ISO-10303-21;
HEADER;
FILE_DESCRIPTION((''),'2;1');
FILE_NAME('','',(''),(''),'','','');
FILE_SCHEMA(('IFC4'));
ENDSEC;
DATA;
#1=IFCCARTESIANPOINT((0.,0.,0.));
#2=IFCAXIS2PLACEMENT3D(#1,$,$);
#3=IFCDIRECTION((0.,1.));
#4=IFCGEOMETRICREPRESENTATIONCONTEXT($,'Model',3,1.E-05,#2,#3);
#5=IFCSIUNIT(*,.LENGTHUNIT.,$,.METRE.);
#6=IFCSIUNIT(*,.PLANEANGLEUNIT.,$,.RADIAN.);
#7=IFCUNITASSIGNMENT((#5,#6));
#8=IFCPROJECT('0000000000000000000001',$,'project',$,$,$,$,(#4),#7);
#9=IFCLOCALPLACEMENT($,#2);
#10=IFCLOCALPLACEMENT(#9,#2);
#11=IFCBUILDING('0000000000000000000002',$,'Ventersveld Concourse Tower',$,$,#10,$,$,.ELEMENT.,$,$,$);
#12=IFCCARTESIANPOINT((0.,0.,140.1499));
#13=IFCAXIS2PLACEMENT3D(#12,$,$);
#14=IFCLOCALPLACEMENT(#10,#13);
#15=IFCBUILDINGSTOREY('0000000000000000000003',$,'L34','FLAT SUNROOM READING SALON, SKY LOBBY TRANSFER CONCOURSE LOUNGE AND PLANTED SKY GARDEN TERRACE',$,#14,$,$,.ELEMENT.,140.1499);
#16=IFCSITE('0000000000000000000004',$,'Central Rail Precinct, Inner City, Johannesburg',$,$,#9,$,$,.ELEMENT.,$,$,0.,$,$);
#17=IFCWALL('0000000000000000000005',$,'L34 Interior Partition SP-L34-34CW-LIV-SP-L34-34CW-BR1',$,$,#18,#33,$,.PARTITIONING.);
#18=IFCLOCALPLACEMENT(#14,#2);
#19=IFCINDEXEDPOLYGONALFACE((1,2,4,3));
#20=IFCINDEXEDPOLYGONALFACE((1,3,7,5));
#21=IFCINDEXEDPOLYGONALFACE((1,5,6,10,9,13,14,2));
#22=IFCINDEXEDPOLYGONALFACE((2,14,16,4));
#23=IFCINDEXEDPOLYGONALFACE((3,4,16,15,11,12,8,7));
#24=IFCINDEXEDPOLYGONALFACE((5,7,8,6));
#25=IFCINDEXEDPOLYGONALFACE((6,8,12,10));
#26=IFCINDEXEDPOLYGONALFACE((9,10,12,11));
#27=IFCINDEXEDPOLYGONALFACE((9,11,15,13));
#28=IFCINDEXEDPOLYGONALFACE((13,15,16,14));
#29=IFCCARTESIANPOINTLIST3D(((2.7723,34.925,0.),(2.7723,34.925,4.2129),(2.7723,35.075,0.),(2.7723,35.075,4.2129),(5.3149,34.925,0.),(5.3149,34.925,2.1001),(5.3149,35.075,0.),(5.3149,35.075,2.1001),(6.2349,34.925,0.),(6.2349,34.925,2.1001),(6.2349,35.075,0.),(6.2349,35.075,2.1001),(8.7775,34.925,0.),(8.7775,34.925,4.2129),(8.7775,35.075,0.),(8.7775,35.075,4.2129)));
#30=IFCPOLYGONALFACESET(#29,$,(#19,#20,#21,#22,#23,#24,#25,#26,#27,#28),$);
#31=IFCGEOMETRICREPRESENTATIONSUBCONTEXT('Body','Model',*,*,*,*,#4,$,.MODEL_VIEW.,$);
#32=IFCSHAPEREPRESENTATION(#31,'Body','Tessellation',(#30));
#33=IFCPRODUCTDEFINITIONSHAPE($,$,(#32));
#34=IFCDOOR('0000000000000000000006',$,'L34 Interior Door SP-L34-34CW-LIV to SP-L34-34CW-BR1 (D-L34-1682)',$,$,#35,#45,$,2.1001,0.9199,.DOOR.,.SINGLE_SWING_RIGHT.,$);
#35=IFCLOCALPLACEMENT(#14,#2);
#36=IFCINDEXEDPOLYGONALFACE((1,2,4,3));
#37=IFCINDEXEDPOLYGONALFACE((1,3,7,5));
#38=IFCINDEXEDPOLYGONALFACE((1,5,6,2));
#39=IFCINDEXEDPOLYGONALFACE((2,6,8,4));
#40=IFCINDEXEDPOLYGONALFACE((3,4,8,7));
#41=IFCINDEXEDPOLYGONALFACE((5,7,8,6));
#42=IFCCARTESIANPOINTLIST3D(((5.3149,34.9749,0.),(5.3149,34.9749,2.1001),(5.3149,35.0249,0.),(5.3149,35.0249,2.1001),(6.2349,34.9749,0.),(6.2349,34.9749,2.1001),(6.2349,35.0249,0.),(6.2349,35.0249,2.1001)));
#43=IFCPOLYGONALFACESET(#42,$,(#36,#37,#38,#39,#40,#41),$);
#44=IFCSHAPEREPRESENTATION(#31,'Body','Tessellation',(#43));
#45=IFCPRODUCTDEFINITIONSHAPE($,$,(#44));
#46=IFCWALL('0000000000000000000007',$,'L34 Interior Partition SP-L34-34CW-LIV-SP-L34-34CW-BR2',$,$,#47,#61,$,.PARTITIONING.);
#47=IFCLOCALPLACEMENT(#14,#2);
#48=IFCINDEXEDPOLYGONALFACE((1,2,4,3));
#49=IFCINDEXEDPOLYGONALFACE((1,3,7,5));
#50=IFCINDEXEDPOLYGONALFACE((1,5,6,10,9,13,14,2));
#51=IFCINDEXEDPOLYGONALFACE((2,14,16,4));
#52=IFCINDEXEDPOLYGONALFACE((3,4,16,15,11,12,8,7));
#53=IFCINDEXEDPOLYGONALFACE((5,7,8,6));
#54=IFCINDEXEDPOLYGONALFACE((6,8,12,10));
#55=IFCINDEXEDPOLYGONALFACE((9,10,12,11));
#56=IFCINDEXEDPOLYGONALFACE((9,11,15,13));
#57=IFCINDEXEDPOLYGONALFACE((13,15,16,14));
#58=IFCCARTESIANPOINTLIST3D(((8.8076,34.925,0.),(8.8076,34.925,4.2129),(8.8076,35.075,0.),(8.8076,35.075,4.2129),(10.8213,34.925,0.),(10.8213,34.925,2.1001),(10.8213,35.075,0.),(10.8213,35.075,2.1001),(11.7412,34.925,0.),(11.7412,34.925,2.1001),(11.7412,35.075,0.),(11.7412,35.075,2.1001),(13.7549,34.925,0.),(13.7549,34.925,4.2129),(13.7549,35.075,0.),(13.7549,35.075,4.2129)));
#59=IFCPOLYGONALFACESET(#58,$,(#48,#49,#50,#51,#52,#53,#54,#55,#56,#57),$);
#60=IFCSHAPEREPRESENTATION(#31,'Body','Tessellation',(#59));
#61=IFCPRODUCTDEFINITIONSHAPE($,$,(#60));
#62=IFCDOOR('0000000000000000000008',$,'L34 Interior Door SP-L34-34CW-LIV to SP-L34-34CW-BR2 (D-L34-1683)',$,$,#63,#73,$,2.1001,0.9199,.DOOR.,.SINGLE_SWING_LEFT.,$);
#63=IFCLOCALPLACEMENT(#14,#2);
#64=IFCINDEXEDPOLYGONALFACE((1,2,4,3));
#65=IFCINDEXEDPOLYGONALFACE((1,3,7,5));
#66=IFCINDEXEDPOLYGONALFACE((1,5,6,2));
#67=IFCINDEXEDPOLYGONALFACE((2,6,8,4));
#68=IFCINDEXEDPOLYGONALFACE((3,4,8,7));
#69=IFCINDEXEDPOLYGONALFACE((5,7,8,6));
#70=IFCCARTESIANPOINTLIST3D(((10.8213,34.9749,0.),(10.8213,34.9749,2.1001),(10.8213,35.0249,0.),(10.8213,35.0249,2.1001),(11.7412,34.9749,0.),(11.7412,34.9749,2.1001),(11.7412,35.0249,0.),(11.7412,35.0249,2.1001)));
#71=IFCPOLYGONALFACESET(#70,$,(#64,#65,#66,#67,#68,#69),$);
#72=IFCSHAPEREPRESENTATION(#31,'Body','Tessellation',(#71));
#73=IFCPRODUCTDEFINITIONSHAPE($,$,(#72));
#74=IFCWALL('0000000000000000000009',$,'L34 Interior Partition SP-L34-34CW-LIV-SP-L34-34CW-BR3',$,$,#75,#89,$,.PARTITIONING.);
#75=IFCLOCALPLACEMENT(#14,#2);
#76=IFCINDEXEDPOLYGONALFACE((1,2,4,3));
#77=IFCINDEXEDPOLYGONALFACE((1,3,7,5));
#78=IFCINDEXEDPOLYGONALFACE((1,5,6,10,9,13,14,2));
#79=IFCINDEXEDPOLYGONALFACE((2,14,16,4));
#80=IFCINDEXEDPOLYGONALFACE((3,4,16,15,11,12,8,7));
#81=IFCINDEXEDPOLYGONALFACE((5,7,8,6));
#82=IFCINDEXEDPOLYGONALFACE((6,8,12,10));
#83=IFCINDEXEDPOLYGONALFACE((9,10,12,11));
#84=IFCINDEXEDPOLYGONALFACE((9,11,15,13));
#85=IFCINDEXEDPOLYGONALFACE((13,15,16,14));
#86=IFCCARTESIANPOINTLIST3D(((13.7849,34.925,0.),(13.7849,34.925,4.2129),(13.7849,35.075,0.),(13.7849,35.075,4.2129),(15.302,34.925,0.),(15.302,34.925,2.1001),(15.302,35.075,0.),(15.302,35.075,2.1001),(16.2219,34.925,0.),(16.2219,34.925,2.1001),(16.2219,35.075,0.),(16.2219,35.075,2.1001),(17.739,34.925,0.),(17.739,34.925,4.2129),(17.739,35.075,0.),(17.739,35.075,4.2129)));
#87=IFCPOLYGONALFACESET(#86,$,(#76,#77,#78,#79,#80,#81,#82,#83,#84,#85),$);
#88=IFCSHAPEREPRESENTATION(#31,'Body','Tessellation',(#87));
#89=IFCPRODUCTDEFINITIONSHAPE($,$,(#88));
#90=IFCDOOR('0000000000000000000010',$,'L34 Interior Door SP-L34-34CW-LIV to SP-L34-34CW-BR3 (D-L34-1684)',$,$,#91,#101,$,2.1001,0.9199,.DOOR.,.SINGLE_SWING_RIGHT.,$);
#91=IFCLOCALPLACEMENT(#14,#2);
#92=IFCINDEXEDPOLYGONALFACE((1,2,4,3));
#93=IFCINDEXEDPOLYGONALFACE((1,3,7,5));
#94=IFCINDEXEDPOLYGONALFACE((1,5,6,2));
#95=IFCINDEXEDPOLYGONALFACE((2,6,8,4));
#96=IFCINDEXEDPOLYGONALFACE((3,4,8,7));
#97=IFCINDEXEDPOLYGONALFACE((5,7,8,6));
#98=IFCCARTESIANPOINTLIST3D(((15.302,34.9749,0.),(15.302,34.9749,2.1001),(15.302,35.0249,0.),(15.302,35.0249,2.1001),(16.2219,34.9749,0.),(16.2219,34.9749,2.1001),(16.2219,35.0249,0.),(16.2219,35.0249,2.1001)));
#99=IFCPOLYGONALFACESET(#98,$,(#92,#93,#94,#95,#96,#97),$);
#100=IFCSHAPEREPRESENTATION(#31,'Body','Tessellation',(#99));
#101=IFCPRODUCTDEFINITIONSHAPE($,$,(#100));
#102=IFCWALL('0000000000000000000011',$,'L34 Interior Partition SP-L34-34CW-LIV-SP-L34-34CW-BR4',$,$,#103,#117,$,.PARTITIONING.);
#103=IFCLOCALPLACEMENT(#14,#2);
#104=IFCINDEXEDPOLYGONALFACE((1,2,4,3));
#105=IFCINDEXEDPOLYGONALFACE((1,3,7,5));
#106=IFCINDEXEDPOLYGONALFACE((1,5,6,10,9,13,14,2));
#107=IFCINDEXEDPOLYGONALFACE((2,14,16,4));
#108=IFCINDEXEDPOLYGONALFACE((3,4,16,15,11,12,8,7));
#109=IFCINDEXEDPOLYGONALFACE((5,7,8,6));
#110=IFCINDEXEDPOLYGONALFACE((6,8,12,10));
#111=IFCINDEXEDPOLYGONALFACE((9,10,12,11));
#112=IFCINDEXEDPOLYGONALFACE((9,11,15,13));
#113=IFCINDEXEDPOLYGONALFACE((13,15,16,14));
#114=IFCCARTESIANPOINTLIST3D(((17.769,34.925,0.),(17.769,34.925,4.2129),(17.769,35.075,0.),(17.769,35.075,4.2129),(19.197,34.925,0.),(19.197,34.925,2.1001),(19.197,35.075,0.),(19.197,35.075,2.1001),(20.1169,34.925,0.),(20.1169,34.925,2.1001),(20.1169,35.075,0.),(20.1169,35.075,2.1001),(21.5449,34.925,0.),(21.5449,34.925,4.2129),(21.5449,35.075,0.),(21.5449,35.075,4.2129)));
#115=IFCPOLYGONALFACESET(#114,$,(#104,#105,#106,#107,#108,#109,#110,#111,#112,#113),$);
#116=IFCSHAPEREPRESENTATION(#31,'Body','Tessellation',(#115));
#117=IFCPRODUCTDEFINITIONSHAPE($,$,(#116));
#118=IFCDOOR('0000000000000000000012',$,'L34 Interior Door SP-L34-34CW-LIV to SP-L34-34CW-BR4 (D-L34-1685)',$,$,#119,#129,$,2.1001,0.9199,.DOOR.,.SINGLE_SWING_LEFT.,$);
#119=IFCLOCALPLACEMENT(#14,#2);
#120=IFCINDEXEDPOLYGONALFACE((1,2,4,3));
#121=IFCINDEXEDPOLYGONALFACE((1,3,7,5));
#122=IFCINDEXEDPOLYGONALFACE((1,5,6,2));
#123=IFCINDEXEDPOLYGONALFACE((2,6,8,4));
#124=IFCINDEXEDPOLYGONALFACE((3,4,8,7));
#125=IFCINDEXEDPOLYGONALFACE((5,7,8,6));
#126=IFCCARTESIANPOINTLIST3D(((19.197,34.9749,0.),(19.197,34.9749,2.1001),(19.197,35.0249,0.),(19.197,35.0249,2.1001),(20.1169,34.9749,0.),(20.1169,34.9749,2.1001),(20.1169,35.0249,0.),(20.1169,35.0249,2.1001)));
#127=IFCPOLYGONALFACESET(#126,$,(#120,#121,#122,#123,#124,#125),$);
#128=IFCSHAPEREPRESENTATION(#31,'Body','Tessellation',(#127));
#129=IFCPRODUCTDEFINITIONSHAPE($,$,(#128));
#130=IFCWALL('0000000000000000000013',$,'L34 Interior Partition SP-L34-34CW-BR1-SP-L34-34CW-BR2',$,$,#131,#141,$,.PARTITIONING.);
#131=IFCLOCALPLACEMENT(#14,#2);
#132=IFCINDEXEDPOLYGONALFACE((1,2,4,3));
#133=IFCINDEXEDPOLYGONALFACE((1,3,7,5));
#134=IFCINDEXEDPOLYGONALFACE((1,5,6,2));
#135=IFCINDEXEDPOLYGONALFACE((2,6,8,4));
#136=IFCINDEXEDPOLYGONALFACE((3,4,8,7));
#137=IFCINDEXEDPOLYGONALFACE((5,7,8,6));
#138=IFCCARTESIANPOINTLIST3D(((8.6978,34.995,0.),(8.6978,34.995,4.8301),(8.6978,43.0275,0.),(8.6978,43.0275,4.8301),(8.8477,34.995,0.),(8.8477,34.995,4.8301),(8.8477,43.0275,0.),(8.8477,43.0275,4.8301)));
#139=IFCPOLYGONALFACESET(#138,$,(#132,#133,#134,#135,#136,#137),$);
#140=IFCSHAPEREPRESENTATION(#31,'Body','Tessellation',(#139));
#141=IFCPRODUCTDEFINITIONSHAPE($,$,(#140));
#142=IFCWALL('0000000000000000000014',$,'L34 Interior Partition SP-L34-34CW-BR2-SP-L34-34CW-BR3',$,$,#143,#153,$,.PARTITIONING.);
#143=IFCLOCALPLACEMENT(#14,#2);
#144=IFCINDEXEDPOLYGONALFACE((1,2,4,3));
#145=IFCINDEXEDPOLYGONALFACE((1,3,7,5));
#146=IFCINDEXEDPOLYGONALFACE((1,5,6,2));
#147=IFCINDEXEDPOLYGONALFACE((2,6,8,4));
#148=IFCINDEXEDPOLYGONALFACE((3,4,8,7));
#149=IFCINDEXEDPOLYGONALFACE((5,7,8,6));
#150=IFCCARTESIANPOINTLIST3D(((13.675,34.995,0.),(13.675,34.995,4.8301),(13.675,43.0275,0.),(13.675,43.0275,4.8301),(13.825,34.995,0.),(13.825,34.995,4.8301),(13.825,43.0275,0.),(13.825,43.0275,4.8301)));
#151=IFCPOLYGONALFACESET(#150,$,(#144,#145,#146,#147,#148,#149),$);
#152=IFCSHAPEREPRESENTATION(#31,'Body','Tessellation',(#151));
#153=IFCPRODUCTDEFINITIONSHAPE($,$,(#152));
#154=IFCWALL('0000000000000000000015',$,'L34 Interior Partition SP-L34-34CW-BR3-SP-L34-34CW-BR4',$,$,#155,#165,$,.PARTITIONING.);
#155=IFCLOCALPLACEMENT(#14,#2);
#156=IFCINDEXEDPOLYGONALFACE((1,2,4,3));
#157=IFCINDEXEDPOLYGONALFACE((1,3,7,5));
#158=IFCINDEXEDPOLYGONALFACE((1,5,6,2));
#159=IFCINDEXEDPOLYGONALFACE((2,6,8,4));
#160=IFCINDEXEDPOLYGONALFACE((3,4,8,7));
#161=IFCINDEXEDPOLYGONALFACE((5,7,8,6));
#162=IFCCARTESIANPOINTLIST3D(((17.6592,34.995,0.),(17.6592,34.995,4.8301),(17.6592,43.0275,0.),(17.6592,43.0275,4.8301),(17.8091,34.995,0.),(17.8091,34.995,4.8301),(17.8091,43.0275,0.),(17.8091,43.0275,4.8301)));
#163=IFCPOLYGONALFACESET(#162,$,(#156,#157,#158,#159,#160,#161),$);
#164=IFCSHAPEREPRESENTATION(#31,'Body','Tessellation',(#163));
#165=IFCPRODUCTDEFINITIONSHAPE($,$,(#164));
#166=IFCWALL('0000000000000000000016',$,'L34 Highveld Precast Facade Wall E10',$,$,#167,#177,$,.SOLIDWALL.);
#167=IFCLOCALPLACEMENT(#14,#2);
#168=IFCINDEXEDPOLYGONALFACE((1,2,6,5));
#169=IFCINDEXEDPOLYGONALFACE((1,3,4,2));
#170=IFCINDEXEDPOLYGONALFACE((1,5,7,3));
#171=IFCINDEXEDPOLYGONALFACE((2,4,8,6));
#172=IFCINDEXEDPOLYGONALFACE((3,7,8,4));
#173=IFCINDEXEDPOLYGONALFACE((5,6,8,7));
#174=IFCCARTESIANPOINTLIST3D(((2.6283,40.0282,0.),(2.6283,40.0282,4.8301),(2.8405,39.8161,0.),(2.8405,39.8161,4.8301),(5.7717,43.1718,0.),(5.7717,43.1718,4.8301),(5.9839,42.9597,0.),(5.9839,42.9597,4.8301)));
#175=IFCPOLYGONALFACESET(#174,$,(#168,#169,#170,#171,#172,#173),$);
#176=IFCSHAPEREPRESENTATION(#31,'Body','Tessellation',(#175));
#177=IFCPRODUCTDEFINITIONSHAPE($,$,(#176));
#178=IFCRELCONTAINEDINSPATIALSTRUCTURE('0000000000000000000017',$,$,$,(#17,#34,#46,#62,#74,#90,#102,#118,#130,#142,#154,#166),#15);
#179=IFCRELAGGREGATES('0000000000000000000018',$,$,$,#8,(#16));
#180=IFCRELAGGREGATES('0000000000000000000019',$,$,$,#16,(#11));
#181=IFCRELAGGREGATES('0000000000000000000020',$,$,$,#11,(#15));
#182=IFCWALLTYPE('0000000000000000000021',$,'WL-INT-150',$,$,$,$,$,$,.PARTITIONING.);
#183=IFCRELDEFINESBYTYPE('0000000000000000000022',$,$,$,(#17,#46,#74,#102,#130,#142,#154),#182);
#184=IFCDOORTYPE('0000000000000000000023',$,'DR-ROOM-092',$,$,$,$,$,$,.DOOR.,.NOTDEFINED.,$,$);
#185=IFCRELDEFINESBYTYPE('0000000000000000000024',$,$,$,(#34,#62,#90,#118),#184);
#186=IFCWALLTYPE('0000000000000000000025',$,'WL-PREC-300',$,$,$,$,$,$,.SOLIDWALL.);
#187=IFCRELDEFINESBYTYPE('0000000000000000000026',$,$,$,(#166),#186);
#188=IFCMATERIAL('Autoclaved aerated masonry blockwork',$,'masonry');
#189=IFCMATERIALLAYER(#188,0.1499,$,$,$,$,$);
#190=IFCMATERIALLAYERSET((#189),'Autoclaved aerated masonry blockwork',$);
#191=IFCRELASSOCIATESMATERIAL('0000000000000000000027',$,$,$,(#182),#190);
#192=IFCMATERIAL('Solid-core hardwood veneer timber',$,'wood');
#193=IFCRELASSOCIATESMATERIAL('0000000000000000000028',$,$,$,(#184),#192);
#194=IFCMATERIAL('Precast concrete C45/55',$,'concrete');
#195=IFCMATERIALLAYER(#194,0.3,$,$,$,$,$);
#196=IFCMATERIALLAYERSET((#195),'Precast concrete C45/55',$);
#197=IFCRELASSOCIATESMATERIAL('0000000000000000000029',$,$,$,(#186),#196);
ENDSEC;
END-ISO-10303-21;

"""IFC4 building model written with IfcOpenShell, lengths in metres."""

from ifc_helpers import new_model, si_unit, direction, frame, frame_2d, origin, place, context, subcontext, project, spatial, rectangle, extrude, material, layer, layer_set, type_object, element, fill, save


model = new_model("IFC4")

# Units and contexts
model_context = context("Model", 3, precision=1e-05, world=origin(), true_north=direction((0.0, 1.0)))
body_context = subcontext(model_context, "Body", "Model", "MODEL_VIEW")
ifc_project = project(units=[si_unit("LENGTHUNIT", "METRE"), si_unit("PLANEANGLEUNIT", "RADIAN")], contexts=[model_context])

# Site, building, storey
site_placement = place(None, origin())
site = spatial("IfcSite", under=ifc_project, at=site_placement, Name="Central Rail Precinct, Inner City, Johannesburg", CompositionType="ELEMENT", RefElevation=0.0)
building_placement = place(site_placement, origin())
building = spatial("IfcBuilding", under=site, at=building_placement, Name="Ventersveld Concourse Tower", CompositionType="ELEMENT")
storey_placement = place(building_placement, frame((0.0, 0.0, 140.1499)))
storey = spatial("IfcBuildingStorey", under=building, at=storey_placement, Name="L34", Description="FLAT SUNROOM READING SALON, SKY LOBBY TRANSFER CONCOURSE LOUNGE AND PLANTED SKY GARDEN TERRACE", CompositionType="ELEMENT", Elevation=140.1499)

# Shared definitions
ifc_material_1 = material(Name="Autoclaved aerated masonry blockwork", Category="masonry")
ifc_layer_1 = layer(ifc_material_1, 0.1499)
ifc_layer_set_1 = layer_set([ifc_layer_1], Name="Autoclaved aerated masonry blockwork")
wall_type_1 = type_object("IfcWallType", Name="WL-INT-150", PredefinedType="PARTITIONING", material=ifc_layer_set_1)

# Walls, openings, doors
wall_1_placement = place(storey_placement, frame((2.7725, 35.0, 0.0), z_axis=(0.0, 0.0, 1.0), x_axis=(1.0, 0.0, 0.0)))
wall_1 = element("IfcWall", 1, at=wall_1_placement, inside=storey, type_object=wall_type_1, Name="L34 Interior Partition SP-L34-34CW-LIV-SP-L34-34CW-BR1", PredefinedType="PARTITIONING", context=body_context, shape_type="SweptSolid", body=[
    extrude(rectangle(XDim=6.0051, YDim=0.1499, at=frame_2d((3.0024, 0.0))), origin(), (0.0, 0.0, 1.0), 4.2129),
])
opening_1_placement = place(wall_1_placement, frame((2.5425, 0.0, 0.0)))
opening_1 = element("IfcOpeningElement", 2, at=opening_1_placement, cuts=wall_1, PredefinedType="OPENING", context=body_context, shape_type="SweptSolid", body=[
    extrude(rectangle(XDim=0.9199, YDim=2.1001, at=frame_2d((0.46, 1.05))), frame((0.0, 0.085, 0.0), z_axis=(0.0, -1.0, 0.0), x_axis=(1.0, 0.0, 0.0)), (0.0, 0.0, 1.0), 0.1699),
])
ifc_material_2 = material(Name="Solid-core hardwood veneer timber", Category="wood")
door_type = type_object("IfcDoorType", Name="DR-ROOM-092", OperationType="NOTDEFINED", PredefinedType="DOOR", material=ifc_material_2)
door_1_placement = place(opening_1_placement, origin())
door_1 = element("IfcDoor", 3, at=door_1_placement, inside=storey, type_object=door_type, Name="L34 Interior Door SP-L34-34CW-LIV to SP-L34-34CW-BR1 (D-L34-1682)", OperationType="SINGLE_SWING_RIGHT", OverallHeight=2.1001, OverallWidth=0.9199, PredefinedType="DOOR", context=body_context, shape_type="SweptSolid", body=[
    extrude(rectangle(XDim=0.9199, YDim=2.1001, at=frame_2d((0.46, 1.05))), frame((0.0, 0.0249, 0.0), z_axis=(0.0, -1.0, 0.0), x_axis=(1.0, 0.0, 0.0)), (0.0, 0.0, 1.0), 0.05),
])
fill(opening_1, door_1)
wall_2_placement = place(storey_placement, frame((8.8076, 35.0, 0.0), z_axis=(0.0, 0.0, 1.0), x_axis=(1.0, 0.0, 0.0)))
wall_2 = element("IfcWall", 4, at=wall_2_placement, inside=storey, type_object=wall_type_1, Name="L34 Interior Partition SP-L34-34CW-LIV-SP-L34-34CW-BR2", PredefinedType="PARTITIONING", context=body_context, shape_type="SweptSolid", body=[
    extrude(rectangle(XDim=4.9473, YDim=0.1499, at=frame_2d((2.4736, 0.0))), origin(), (0.0, 0.0, 1.0), 4.2129),
])
opening_2_placement = place(wall_2_placement, frame((2.0137, 0.0, 0.0)))
opening_2 = element("IfcOpeningElement", 5, at=opening_2_placement, cuts=wall_2, PredefinedType="OPENING", context=body_context, shape_type="SweptSolid", body=[
    extrude(rectangle(XDim=0.9199, YDim=2.1001, at=frame_2d((0.46, 1.05))), frame((0.0, 0.085, 0.0), z_axis=(0.0, -1.0, 0.0), x_axis=(1.0, 0.0, 0.0)), (0.0, 0.0, 1.0), 0.1699),
])
door_2_placement = place(opening_2_placement, origin())
door_2 = element("IfcDoor", 6, at=door_2_placement, inside=storey, type_object=door_type, Name="L34 Interior Door SP-L34-34CW-LIV to SP-L34-34CW-BR2 (D-L34-1683)", OperationType="SINGLE_SWING_LEFT", OverallHeight=2.1001, OverallWidth=0.9199, PredefinedType="DOOR", context=body_context, shape_type="SweptSolid", body=[
    extrude(rectangle(XDim=0.9199, YDim=2.1001, at=frame_2d((0.46, 1.05))), frame((0.0, 0.0249, 0.0), z_axis=(0.0, -1.0, 0.0), x_axis=(1.0, 0.0, 0.0)), (0.0, 0.0, 1.0), 0.05),
])
fill(opening_2, door_2)
wall_3_placement = place(storey_placement, frame((13.7849, 35.0, 0.0), z_axis=(0.0, 0.0, 1.0), x_axis=(1.0, 0.0, 0.0)))
wall_3 = element("IfcWall", 7, at=wall_3_placement, inside=storey, type_object=wall_type_1, Name="L34 Interior Partition SP-L34-34CW-LIV-SP-L34-34CW-BR3", PredefinedType="PARTITIONING", context=body_context, shape_type="SweptSolid", body=[
    extrude(rectangle(XDim=3.9541, YDim=0.1499, at=frame_2d((1.9771, 0.0))), origin(), (0.0, 0.0, 1.0), 4.2129),
])
opening_3_placement = place(wall_3_placement, frame((1.5171, 0.0, 0.0)))
opening_3 = element("IfcOpeningElement", 8, at=opening_3_placement, cuts=wall_3, PredefinedType="OPENING", context=body_context, shape_type="SweptSolid", body=[
    extrude(rectangle(XDim=0.9199, YDim=2.1001, at=frame_2d((0.46, 1.05))), frame((0.0, 0.085, 0.0), z_axis=(0.0, -1.0, 0.0), x_axis=(1.0, 0.0, 0.0)), (0.0, 0.0, 1.0), 0.1699),
])
door_3_placement = place(opening_3_placement, origin())
door_3 = element("IfcDoor", 9, at=door_3_placement, inside=storey, type_object=door_type, Name="L34 Interior Door SP-L34-34CW-LIV to SP-L34-34CW-BR3 (D-L34-1684)", OperationType="SINGLE_SWING_RIGHT", OverallHeight=2.1001, OverallWidth=0.9199, PredefinedType="DOOR", context=body_context, shape_type="SweptSolid", body=[
    extrude(rectangle(XDim=0.9199, YDim=2.1001, at=frame_2d((0.46, 1.05))), frame((0.0, 0.0249, 0.0), z_axis=(0.0, -1.0, 0.0), x_axis=(1.0, 0.0, 0.0)), (0.0, 0.0, 1.0), 0.05),
])
fill(opening_3, door_3)
wall_4_placement = place(storey_placement, frame((17.769, 35.0, 0.0), z_axis=(0.0, 0.0, 1.0), x_axis=(1.0, 0.0, 0.0)))
wall_4 = element("IfcWall", 10, at=wall_4_placement, inside=storey, type_object=wall_type_1, Name="L34 Interior Partition SP-L34-34CW-LIV-SP-L34-34CW-BR4", PredefinedType="PARTITIONING", context=body_context, shape_type="SweptSolid", body=[
    extrude(rectangle(XDim=3.7759, YDim=0.1499, at=frame_2d((1.8879, 0.0))), origin(), (0.0, 0.0, 1.0), 4.2129),
])
opening_4_placement = place(wall_4_placement, frame((1.428, 0.0, 0.0)))
opening_4 = element("IfcOpeningElement", 11, at=opening_4_placement, cuts=wall_4, PredefinedType="OPENING", context=body_context, shape_type="SweptSolid", body=[
    extrude(rectangle(XDim=0.9199, YDim=2.1001, at=frame_2d((0.46, 1.05))), frame((0.0, 0.085, 0.0), z_axis=(0.0, -1.0, 0.0), x_axis=(1.0, 0.0, 0.0)), (0.0, 0.0, 1.0), 0.1699),
])
door_4_placement = place(opening_4_placement, origin())
door_4 = element("IfcDoor", 12, at=door_4_placement, inside=storey, type_object=door_type, Name="L34 Interior Door SP-L34-34CW-LIV to SP-L34-34CW-BR4 (D-L34-1685)", OperationType="SINGLE_SWING_LEFT", OverallHeight=2.1001, OverallWidth=0.9199, PredefinedType="DOOR", context=body_context, shape_type="SweptSolid", body=[
    extrude(rectangle(XDim=0.9199, YDim=2.1001, at=frame_2d((0.46, 1.05))), frame((0.0, 0.0249, 0.0), z_axis=(0.0, -1.0, 0.0), x_axis=(1.0, 0.0, 0.0)), (0.0, 0.0, 1.0), 0.05),
])
fill(opening_4, door_4)

# Walls
for number, where, z_axis, x_axis, name in (
    (13, (8.7727, 34.9951, 0.0), (0.0, 0.0, 1.0), (0.0, 1.0, 0.0), "L34 Interior Partition SP-L34-34CW-BR1-SP-L34-34CW-BR2"),
    (14, (13.75, 34.9951, 0.0), (0.0, 0.0, 1.0), (0.0, 1.0, 0.0), "L34 Interior Partition SP-L34-34CW-BR2-SP-L34-34CW-BR3"),
    (15, (17.7341, 34.9951, 0.0), (0.0, 0.0, 1.0), (0.0, 1.0, 0.0), "L34 Interior Partition SP-L34-34CW-BR3-SP-L34-34CW-BR4"),
):
    element("IfcWall", number, at=place(storey_placement, frame(where, z_axis=z_axis, x_axis=x_axis)), inside=storey, type_object=wall_type_1, Name=name, PredefinedType="PARTITIONING", context=body_context, shape_type="SweptSolid", body=[
        extrude(rectangle(XDim=8.0325, YDim=0.1499, at=frame_2d((4.0161, 0.0))), origin(), (0.0, 0.0, 1.0), 4.8301),
    ])
ifc_material_3 = material(Name="Precast concrete C45/55", Category="concrete")
ifc_layer_2 = layer(ifc_material_3, 0.3)
ifc_layer_set_2 = layer_set([ifc_layer_2], Name="Precast concrete C45/55")
wall_type_2 = type_object("IfcWallType", Name="WL-PREC-300", PredefinedType="SOLIDWALL", material=ifc_layer_set_2)
wall_5_placement = place(storey_placement, frame((5.8777, 43.0657, 0.0), z_axis=(0.0, 0.0, 1.0), x_axis=(-0.707079, -0.707134, 0.0)))
element("IfcWall", 16, at=wall_5_placement, inside=storey, type_object=wall_type_2, Name="L34 Highveld Precast Facade Wall E10", PredefinedType="SOLIDWALL", context=body_context, shape_type="SweptSolid", body=[
    extrude(rectangle(XDim=4.4456, YDim=0.3, at=frame_2d((2.2227, 0.0))), origin(), (0.0, 0.0, 1.0), 4.8301),
])

save(model, "model.ifc")
